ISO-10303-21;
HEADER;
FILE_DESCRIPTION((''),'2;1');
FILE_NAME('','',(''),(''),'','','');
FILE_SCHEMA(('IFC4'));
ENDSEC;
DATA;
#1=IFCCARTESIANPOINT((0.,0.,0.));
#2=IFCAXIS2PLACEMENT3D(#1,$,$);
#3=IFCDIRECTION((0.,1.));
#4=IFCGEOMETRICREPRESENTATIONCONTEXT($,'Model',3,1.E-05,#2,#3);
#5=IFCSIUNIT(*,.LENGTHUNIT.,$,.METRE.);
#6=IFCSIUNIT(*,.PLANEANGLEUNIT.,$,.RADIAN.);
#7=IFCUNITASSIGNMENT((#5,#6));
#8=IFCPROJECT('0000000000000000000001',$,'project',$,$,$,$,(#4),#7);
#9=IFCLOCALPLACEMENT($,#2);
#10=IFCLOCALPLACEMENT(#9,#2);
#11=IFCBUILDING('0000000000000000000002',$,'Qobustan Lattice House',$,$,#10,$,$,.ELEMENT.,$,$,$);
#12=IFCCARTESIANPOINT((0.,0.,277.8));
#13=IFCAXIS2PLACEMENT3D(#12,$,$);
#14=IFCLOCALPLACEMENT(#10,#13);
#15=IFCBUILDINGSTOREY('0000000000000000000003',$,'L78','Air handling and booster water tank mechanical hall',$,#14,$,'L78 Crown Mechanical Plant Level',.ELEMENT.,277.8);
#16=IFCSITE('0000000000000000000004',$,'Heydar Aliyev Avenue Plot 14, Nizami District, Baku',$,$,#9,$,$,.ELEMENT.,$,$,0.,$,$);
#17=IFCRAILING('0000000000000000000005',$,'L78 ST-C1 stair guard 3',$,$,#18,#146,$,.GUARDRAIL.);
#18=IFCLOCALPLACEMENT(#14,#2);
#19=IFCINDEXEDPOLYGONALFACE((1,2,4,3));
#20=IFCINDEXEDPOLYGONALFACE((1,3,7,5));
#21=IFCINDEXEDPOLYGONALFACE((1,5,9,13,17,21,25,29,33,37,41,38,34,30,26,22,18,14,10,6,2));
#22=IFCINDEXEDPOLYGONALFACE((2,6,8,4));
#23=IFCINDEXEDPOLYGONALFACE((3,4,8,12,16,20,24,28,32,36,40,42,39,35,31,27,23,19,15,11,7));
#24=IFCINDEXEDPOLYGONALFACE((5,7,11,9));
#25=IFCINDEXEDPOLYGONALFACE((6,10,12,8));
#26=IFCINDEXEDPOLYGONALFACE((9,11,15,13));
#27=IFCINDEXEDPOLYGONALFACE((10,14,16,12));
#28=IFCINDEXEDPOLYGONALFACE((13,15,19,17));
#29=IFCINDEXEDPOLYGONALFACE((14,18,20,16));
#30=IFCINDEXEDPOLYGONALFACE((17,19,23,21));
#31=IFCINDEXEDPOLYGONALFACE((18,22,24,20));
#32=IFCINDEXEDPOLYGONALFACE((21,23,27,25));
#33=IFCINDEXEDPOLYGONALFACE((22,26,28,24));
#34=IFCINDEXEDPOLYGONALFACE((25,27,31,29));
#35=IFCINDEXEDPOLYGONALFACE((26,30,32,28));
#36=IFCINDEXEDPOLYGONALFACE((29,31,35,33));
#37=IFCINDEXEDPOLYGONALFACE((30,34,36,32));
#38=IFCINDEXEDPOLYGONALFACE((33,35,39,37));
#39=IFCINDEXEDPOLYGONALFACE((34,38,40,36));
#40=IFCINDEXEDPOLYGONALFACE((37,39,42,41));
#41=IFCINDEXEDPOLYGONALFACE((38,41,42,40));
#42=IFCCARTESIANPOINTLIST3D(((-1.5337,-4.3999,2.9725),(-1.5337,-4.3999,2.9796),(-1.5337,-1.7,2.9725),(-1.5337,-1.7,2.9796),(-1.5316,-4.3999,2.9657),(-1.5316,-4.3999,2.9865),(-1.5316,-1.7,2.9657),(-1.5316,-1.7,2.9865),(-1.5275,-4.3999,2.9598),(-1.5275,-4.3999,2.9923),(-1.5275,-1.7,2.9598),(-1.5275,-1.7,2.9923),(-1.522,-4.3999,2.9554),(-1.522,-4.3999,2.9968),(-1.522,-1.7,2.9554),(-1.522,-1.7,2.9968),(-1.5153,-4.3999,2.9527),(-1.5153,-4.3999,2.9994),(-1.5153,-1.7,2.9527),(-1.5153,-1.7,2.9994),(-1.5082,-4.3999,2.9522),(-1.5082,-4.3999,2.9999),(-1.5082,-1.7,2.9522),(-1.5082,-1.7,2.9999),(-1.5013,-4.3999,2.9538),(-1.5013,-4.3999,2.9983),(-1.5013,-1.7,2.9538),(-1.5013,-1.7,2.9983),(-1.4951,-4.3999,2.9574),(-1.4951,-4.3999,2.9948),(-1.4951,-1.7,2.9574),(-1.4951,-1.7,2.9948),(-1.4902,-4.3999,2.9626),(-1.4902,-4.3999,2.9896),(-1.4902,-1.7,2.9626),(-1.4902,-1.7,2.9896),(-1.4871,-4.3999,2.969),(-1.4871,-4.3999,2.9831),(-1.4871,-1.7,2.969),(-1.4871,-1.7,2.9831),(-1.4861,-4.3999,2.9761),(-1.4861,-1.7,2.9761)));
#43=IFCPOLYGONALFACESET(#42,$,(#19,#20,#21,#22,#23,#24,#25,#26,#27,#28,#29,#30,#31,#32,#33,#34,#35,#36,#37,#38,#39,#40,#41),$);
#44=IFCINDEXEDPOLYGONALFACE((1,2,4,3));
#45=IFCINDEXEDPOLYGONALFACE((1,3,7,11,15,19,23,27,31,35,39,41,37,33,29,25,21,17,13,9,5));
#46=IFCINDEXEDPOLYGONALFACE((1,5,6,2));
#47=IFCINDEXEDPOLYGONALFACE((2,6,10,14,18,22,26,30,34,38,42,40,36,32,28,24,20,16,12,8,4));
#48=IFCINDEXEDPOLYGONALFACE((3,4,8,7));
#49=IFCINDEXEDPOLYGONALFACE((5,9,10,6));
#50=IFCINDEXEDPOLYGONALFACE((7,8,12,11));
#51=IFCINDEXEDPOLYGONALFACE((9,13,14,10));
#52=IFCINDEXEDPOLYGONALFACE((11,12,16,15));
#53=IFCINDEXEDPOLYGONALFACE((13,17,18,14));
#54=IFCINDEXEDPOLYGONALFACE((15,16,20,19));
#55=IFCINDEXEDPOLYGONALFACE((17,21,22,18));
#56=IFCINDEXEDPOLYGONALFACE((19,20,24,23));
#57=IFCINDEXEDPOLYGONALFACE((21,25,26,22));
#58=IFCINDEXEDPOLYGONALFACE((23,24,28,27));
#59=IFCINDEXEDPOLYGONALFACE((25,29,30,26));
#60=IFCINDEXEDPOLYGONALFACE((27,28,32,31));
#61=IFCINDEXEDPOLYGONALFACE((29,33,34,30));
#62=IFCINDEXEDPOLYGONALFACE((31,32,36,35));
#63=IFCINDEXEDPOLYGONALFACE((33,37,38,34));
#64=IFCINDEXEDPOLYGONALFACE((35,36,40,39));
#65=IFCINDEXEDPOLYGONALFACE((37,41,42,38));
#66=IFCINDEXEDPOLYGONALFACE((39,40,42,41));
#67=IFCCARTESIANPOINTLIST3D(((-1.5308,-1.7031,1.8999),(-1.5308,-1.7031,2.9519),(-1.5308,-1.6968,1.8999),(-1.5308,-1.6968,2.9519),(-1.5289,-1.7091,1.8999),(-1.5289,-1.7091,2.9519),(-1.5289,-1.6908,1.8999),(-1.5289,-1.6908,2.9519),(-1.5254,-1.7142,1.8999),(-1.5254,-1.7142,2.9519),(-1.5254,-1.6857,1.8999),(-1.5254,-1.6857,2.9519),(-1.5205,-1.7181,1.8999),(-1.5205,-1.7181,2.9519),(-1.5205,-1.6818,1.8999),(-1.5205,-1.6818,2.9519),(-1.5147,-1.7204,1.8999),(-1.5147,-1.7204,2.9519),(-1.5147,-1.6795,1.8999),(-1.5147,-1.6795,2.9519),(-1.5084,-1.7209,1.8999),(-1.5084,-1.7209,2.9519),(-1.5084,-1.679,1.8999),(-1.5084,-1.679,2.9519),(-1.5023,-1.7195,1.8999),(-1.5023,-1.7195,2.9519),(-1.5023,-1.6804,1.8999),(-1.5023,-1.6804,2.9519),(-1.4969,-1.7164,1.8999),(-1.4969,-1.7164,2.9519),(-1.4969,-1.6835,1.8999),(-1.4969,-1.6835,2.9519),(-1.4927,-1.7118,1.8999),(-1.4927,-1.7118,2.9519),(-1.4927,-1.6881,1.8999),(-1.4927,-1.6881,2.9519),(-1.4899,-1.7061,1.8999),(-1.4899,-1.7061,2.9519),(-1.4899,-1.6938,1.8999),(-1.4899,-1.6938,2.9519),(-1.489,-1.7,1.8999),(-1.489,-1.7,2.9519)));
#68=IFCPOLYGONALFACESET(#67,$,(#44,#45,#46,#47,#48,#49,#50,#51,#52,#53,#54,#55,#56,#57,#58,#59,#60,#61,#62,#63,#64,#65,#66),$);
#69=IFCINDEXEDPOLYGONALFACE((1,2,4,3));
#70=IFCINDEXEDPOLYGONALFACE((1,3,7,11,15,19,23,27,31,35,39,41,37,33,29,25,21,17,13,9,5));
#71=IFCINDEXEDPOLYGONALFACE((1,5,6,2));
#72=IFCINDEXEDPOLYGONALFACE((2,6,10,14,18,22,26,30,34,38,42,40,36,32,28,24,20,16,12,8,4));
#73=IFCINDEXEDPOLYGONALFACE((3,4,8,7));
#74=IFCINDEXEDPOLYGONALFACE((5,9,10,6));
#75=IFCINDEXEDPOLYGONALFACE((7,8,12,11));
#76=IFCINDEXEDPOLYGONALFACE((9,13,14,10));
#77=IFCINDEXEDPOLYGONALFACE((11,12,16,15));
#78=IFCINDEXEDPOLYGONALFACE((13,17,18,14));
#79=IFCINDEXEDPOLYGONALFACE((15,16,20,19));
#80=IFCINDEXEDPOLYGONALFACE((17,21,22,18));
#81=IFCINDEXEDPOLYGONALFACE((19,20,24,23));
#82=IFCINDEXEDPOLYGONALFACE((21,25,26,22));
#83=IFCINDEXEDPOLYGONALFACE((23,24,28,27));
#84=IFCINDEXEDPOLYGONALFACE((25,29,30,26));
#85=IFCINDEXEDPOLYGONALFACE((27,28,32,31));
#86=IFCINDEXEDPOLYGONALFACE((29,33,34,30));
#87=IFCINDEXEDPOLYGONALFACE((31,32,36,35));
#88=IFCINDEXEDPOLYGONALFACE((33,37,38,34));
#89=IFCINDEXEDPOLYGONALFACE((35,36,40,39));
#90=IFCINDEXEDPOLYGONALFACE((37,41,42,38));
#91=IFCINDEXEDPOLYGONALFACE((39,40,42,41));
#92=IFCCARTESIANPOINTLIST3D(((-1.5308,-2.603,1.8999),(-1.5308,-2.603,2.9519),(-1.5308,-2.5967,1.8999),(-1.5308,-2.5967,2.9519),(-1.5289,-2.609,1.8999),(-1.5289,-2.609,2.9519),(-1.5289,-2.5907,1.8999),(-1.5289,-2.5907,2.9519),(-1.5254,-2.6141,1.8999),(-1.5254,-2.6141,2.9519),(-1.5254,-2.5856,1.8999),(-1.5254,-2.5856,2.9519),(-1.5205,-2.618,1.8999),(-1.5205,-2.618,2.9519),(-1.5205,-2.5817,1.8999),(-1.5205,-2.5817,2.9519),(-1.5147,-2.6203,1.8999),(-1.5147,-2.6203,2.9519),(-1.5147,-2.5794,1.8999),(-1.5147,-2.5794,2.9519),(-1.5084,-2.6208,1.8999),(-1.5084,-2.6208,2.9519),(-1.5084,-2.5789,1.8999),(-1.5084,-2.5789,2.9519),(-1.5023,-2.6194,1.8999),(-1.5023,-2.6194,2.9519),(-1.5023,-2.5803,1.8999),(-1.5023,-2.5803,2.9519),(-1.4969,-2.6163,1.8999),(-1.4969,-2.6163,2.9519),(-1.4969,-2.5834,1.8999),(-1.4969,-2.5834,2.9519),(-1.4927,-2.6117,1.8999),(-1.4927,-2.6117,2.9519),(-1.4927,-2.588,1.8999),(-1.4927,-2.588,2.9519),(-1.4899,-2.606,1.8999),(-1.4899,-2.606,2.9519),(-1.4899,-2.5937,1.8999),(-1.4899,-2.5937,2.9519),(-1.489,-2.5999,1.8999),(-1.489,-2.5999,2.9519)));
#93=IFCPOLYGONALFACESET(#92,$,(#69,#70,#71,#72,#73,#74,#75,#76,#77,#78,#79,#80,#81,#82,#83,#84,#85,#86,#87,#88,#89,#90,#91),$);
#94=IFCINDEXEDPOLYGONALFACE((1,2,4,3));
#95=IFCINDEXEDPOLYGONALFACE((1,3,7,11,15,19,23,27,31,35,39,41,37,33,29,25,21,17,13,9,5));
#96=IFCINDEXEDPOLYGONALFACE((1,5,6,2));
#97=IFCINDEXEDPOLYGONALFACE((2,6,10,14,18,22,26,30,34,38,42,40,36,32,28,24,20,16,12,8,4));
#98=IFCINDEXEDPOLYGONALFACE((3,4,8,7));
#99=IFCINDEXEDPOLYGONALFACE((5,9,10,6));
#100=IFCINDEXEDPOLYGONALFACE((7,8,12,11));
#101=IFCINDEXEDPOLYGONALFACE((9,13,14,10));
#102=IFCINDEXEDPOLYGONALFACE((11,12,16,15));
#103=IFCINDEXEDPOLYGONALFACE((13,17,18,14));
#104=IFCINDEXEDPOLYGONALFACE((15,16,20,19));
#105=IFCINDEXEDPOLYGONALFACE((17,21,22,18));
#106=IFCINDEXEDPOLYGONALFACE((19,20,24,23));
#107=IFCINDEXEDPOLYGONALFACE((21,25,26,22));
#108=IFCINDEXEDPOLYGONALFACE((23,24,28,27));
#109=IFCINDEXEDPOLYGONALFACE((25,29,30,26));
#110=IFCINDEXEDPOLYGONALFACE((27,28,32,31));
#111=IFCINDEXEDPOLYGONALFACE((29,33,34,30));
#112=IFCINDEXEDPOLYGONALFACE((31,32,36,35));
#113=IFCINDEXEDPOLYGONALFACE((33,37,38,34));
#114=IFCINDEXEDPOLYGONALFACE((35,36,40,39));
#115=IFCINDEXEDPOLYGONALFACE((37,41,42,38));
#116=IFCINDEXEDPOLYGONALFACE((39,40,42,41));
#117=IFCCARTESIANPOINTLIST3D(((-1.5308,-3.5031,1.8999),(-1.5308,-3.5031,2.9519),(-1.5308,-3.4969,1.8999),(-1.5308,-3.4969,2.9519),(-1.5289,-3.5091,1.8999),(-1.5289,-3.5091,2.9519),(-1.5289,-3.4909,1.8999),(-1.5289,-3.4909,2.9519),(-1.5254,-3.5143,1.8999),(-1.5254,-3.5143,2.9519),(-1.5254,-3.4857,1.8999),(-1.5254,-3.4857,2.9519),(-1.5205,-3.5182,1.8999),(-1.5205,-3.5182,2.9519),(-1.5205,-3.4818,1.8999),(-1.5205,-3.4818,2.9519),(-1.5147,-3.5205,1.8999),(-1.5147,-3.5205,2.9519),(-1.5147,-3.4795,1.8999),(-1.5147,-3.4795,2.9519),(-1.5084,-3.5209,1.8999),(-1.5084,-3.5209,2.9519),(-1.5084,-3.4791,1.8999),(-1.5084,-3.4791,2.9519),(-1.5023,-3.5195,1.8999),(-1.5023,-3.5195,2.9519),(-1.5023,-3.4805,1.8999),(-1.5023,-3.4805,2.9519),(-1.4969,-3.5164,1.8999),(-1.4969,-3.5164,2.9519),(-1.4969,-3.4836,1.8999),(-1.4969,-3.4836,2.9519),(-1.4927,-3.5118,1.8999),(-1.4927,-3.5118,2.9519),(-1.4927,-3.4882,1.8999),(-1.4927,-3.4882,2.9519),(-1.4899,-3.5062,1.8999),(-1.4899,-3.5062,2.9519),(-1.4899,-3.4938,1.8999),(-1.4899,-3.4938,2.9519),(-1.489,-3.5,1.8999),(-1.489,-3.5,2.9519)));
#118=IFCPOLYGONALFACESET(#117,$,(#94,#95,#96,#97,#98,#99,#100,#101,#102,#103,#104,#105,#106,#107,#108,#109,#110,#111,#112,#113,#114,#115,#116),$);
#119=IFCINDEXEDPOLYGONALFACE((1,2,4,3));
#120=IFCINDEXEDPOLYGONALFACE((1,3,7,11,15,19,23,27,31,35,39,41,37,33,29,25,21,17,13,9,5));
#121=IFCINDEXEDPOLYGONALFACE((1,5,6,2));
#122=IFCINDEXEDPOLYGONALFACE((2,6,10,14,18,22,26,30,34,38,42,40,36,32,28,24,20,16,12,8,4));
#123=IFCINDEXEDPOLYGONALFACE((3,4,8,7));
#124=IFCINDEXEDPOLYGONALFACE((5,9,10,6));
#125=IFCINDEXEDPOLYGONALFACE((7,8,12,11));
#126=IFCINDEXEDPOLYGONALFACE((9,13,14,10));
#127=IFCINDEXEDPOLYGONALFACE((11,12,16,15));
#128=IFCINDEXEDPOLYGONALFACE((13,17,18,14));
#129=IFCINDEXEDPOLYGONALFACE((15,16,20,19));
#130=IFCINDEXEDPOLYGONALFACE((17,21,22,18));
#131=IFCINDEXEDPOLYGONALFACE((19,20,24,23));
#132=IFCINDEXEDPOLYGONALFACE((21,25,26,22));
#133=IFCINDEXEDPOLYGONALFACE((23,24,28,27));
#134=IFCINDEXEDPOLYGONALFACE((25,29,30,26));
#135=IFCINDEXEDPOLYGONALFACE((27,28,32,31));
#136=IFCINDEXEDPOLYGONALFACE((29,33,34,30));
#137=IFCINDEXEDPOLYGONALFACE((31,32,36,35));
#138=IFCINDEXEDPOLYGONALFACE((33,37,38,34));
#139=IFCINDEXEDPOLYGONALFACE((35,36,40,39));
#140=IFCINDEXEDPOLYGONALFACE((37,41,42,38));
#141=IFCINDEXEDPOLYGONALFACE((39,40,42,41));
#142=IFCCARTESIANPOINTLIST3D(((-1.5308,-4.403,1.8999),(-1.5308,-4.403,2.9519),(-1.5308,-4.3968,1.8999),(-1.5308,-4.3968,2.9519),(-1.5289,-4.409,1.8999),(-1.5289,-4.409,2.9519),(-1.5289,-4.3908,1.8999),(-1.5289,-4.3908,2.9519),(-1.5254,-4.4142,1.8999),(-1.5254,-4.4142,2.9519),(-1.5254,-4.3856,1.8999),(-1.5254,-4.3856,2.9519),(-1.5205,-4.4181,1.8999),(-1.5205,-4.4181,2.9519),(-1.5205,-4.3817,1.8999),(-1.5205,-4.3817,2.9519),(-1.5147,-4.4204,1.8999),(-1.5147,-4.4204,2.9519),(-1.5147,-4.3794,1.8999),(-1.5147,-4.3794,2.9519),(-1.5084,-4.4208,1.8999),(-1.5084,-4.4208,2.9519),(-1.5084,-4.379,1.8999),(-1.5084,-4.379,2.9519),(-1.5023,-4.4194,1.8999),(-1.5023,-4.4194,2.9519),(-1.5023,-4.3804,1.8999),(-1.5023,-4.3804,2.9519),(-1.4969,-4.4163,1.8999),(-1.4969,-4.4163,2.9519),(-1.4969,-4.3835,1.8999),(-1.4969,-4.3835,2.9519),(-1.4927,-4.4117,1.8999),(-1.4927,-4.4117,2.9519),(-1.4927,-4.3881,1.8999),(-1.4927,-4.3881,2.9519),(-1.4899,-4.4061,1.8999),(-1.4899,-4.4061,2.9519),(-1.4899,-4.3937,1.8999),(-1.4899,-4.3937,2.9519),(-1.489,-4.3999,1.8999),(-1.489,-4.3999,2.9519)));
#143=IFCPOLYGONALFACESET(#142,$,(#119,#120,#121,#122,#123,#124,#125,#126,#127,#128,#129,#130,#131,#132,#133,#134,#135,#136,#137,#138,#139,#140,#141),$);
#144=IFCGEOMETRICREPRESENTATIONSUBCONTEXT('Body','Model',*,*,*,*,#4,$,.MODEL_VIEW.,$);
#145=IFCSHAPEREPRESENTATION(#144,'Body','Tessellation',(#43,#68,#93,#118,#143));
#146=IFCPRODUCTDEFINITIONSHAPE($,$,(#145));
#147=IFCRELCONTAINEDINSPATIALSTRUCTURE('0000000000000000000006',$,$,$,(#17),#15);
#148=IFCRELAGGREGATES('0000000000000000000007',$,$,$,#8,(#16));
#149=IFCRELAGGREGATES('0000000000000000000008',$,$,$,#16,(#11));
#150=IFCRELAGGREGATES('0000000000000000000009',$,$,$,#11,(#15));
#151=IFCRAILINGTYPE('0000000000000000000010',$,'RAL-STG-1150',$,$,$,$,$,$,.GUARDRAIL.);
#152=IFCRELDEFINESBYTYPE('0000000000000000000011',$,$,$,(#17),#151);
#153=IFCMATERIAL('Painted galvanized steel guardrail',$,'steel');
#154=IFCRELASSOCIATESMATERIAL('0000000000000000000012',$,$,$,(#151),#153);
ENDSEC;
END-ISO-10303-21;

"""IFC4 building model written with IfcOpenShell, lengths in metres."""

from ifc_helpers import new_model, si_unit, direction, frame, origin, origin_2d, place, context, subcontext, project, spatial, circle, extrude, material, type_object, element, save


model = new_model("IFC4")

# Units and contexts
model_context = context("Model", 3, precision=1e-05, world=origin(), true_north=direction((0.0, 1.0)))
body_context = subcontext(model_context, "Body", "Model", "MODEL_VIEW")
ifc_project = project(units=[si_unit("LENGTHUNIT", "METRE"), si_unit("PLANEANGLEUNIT", "RADIAN")], contexts=[model_context])

# Site, building, storey
site_placement = place(None, origin())
site = spatial("IfcSite", under=ifc_project, at=site_placement, Name="Heydar Aliyev Avenue Plot 14, Nizami District, Baku", CompositionType="ELEMENT", RefElevation=0.0)
building_placement = place(site_placement, origin())
building = spatial("IfcBuilding", under=site, at=building_placement, Name="Qobustan Lattice House", CompositionType="ELEMENT")
storey_placement = place(building_placement, frame((0.0, 0.0, 277.8)))
storey = spatial("IfcBuildingStorey", under=building, at=storey_placement, Name="L78", Description="Air handling and booster water tank mechanical hall", LongName="L78 Crown Mechanical Plant Level", CompositionType="ELEMENT", Elevation=277.8)

# Railing
ifc_material_1 = material(Name="Painted galvanized steel guardrail", Category="steel")
railing_type = type_object("IfcRailingType", Name="RAL-STG-1150", PredefinedType="GUARDRAIL", material=ifc_material_1)
railing_1_placement = place(storey_placement, frame((-1.51, -1.7, 1.8999)))
element("IfcRailing", 1, at=railing_1_placement, inside=storey, type_object=railing_type, Name="L78 ST-C1 stair guard 3", PredefinedType="GUARDRAIL", context=body_context, shape_type="SweptSolid", body=[
    extrude(circle(Radius=0.0239, at=origin_2d()), frame((0.0, 0.0, 1.0762), z_axis=(0.0, -1.0, 0.0), x_axis=(1.0, 0.0, 0.0)), (0.0, 0.0, 1.0), 2.7),
    extrude(circle(Radius=0.021, at=origin_2d()), origin(), (0.0, 0.0, 1.0), 1.052),
    extrude(circle(Radius=0.021, at=origin_2d()), frame((0.0, -0.8999, 0.0)), (0.0, 0.0, 1.0), 1.052),
    extrude(circle(Radius=0.021, at=origin_2d()), frame((0.0, -1.8, 0.0)), (0.0, 0.0, 1.0), 1.052),
    extrude(circle(Radius=0.021, at=origin_2d()), frame((0.0, -2.7, 0.0)), (0.0, 0.0, 1.0), 1.052),
])

save(model, "model.ifc")
